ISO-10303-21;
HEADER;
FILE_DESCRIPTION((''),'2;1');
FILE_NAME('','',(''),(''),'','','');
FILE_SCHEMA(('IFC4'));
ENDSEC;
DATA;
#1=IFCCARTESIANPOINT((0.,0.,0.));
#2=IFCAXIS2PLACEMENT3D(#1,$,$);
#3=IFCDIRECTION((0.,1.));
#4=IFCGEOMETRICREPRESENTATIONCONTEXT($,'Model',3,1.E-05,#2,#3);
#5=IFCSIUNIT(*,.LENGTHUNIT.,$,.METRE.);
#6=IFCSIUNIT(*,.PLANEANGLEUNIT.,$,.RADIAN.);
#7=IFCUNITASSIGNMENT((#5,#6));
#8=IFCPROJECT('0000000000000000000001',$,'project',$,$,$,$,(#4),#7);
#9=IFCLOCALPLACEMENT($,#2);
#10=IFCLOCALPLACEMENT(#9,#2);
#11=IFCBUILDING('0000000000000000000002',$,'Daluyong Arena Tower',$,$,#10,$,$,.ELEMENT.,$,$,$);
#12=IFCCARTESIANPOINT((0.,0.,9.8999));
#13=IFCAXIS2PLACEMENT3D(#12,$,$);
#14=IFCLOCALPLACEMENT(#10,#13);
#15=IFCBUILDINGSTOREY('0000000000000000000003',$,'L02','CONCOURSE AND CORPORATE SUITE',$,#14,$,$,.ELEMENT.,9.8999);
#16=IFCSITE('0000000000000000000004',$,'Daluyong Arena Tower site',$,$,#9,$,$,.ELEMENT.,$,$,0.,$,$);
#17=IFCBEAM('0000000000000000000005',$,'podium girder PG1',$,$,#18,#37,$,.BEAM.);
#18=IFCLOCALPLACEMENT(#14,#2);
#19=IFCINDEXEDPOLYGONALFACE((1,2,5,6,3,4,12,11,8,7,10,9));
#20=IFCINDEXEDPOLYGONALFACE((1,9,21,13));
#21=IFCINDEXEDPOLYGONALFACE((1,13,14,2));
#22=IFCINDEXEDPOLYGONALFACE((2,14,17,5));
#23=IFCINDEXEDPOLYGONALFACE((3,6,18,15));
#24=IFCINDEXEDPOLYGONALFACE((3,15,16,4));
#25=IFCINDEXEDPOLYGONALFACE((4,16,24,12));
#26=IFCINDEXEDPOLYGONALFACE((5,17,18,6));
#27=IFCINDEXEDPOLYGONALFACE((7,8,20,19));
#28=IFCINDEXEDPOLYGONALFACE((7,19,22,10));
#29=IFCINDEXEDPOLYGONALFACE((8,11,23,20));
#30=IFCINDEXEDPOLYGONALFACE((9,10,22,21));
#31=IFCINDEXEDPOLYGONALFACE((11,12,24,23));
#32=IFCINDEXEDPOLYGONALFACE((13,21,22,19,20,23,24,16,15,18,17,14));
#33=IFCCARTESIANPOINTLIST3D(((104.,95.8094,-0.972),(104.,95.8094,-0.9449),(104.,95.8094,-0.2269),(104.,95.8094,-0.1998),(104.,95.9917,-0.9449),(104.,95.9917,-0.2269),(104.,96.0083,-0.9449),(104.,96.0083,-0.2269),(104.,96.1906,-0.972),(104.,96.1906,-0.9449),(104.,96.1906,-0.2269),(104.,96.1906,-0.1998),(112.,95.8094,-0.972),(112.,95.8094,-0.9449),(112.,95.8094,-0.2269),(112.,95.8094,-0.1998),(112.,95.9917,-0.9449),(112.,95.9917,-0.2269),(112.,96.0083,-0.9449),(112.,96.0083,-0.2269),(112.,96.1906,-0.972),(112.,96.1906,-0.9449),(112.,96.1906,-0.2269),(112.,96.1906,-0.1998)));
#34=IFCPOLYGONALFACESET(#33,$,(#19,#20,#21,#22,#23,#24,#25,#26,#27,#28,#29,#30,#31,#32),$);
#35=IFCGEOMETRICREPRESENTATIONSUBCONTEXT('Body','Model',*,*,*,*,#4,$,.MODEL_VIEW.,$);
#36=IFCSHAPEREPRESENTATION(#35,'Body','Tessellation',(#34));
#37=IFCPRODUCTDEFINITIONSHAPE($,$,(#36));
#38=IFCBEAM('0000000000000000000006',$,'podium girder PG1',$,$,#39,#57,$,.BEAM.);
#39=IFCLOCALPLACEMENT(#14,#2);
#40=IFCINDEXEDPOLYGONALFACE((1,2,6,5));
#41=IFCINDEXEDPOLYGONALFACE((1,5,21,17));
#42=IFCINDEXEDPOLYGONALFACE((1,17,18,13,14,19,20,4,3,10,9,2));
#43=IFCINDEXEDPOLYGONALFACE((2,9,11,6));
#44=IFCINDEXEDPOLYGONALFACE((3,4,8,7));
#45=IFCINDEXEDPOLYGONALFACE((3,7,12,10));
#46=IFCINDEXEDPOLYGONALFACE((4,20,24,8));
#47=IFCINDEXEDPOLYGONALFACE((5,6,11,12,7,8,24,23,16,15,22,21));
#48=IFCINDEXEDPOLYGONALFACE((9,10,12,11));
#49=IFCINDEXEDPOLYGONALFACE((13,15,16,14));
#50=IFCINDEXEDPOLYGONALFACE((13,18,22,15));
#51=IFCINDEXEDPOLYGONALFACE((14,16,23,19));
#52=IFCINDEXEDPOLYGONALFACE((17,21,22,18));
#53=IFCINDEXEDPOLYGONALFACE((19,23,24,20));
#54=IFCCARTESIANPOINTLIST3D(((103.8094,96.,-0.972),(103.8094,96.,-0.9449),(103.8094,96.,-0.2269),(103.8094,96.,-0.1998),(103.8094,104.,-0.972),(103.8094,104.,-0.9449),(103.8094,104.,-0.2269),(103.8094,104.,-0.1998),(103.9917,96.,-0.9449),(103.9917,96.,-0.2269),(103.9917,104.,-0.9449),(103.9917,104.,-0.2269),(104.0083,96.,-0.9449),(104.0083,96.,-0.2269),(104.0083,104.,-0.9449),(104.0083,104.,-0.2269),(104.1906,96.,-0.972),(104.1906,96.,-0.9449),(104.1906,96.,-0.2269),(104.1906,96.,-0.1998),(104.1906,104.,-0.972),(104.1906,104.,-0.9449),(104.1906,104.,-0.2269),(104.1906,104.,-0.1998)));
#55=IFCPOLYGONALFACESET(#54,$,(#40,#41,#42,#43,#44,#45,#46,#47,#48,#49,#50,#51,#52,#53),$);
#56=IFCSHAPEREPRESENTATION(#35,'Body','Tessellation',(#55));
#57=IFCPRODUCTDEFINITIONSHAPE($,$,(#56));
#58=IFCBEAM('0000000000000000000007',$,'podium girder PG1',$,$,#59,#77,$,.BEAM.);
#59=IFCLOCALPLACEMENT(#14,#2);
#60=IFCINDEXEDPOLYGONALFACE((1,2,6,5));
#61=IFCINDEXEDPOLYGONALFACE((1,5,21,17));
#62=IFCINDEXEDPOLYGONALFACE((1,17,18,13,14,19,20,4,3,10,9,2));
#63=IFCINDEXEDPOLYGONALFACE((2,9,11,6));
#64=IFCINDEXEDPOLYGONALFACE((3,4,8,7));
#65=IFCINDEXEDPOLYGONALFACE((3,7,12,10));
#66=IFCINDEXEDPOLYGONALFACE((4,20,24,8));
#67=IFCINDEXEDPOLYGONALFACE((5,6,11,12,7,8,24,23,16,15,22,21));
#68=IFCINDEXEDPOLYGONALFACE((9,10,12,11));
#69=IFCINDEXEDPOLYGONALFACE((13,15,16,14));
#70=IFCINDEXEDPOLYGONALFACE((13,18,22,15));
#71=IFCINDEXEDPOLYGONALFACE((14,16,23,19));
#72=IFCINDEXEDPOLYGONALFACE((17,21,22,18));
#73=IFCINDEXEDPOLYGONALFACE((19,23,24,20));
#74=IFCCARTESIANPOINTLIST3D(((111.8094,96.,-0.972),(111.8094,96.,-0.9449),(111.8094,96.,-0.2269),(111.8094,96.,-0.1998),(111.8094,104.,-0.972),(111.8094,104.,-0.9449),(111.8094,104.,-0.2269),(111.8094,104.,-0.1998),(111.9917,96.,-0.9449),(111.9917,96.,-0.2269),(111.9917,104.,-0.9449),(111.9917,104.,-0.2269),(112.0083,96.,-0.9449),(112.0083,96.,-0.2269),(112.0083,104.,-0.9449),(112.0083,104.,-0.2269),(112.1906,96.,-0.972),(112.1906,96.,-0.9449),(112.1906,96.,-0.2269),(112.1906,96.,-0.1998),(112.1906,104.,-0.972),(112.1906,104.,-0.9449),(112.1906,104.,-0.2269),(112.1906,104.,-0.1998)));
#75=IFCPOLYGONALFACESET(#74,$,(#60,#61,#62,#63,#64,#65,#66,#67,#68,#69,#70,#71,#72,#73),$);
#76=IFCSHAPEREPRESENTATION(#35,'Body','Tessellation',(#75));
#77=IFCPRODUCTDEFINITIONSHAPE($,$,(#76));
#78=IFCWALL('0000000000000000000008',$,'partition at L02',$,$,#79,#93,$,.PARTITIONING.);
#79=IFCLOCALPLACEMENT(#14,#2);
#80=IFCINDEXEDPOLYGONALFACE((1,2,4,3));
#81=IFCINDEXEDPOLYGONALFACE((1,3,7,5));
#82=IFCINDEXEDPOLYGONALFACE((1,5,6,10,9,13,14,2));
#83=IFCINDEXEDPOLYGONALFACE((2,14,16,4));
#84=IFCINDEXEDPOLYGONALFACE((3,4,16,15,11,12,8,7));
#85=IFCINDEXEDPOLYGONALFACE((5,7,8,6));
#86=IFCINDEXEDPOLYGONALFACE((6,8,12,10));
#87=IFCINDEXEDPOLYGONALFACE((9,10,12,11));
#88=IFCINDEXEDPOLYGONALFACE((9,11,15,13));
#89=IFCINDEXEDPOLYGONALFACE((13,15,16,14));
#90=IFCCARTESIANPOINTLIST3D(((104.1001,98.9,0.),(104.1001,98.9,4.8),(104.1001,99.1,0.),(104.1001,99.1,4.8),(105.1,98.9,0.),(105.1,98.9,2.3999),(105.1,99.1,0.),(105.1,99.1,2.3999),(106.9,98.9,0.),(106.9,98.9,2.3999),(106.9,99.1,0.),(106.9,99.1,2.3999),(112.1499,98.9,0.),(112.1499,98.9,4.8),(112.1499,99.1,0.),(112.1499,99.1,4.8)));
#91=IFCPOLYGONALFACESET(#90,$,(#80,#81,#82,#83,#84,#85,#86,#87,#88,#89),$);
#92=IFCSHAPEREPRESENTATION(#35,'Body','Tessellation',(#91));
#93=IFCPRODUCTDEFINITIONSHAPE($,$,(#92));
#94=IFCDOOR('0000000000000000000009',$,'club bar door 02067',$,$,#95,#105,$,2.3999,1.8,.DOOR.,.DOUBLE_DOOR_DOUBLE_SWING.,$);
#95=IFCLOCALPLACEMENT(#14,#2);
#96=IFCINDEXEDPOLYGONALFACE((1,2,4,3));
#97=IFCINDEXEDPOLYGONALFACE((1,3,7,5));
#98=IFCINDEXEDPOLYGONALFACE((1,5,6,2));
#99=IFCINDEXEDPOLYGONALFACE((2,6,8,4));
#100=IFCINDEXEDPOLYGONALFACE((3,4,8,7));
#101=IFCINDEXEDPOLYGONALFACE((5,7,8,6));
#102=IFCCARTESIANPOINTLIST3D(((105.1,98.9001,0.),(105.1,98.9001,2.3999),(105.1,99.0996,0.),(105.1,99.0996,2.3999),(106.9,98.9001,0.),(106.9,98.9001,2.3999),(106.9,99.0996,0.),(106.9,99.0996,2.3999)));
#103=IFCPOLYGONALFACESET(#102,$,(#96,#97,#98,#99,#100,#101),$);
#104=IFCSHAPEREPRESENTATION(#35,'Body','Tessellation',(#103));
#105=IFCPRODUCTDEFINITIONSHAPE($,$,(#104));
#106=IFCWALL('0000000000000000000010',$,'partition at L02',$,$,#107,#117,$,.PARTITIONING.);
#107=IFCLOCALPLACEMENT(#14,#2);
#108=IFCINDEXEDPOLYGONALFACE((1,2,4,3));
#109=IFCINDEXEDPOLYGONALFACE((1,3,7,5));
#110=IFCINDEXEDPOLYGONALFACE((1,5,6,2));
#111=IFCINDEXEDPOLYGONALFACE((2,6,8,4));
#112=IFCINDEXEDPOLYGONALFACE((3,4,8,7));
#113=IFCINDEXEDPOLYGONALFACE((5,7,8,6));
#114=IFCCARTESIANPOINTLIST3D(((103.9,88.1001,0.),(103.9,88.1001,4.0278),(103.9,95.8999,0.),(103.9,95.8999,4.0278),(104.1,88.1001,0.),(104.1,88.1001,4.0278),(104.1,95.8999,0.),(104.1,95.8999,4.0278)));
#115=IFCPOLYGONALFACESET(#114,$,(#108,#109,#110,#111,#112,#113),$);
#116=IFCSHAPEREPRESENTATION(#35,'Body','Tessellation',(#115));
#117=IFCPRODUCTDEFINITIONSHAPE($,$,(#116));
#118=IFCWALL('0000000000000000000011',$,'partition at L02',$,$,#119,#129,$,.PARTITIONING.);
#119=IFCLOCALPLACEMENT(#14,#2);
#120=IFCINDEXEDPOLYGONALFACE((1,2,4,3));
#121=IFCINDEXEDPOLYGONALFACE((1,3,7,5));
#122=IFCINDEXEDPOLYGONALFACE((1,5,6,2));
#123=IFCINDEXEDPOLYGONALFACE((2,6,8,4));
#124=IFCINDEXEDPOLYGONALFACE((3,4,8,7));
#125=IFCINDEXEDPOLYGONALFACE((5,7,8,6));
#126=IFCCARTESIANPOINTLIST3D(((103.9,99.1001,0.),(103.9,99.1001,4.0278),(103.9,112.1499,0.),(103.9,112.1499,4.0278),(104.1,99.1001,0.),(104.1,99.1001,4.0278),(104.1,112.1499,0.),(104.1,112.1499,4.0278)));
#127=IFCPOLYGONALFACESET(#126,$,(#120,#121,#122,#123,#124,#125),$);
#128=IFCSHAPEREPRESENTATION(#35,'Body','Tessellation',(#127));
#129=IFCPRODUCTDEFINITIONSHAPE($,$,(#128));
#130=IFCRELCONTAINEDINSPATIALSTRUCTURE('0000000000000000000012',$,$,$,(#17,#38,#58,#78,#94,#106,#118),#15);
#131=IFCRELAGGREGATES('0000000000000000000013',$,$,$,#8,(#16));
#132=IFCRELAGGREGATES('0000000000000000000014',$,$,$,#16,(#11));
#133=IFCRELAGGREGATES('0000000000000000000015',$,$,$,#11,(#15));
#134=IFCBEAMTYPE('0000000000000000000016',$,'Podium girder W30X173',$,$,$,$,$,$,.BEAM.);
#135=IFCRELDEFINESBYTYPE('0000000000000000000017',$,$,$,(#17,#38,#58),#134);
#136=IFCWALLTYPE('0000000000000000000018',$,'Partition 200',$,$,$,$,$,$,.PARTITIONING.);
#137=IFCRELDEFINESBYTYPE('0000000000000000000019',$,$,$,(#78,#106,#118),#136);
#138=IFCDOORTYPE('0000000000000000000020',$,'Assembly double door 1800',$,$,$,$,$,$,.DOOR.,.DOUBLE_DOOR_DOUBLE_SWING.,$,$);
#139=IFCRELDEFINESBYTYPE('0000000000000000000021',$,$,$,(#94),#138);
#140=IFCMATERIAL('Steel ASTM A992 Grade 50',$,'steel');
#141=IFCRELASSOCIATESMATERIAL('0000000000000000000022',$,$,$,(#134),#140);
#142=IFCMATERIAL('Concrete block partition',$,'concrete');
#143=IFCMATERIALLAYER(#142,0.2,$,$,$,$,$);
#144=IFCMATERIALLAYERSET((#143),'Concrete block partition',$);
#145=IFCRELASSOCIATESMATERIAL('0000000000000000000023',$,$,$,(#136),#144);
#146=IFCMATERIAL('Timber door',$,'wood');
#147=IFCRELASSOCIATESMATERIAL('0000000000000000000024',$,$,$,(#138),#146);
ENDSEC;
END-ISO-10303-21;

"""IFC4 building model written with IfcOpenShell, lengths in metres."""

from ifc_helpers import new_model, si_unit, direction, frame, frame_2d, origin, origin_2d, place, context, subcontext, project, spatial, rectangle, i_section, extrude, material, layer, layer_set, material_profile, profile_set, type_object, element, fill, save


model = new_model("IFC4")

# Units and contexts
model_context = context("Model", 3, precision=1e-05, world=origin(), true_north=direction((0.0, 1.0)))
body_context = subcontext(model_context, "Body", "Model", "MODEL_VIEW")
ifc_project = project(units=[si_unit("LENGTHUNIT", "METRE"), si_unit("PLANEANGLEUNIT", "RADIAN")], contexts=[model_context])

# Site, building, storey
site_placement = place(None, origin())
site = spatial("IfcSite", under=ifc_project, at=site_placement, Name="Daluyong Arena Tower site", CompositionType="ELEMENT", RefElevation=0.0)
building_placement = place(site_placement, origin())
building = spatial("IfcBuilding", under=site, at=building_placement, Name="Daluyong Arena Tower", CompositionType="ELEMENT")
storey_placement = place(building_placement, frame((0.0, 0.0, 9.8999)))
storey = spatial("IfcBuildingStorey", under=building, at=storey_placement, Name="L02", Description="CONCOURSE AND CORPORATE SUITE", CompositionType="ELEMENT", Elevation=9.8999)

# Beams
ifc_material_1 = material(Name="Steel ASTM A992 Grade 50", Category="steel")
ifc_material_profile_1 = material_profile(ifc_material_1, i_section(OverallWidth=0.3811, OverallDepth=0.7722, WebThickness=0.0166, FlangeThickness=0.0271, at=origin_2d()))
ifc_profile_set_1 = profile_set([ifc_material_profile_1], Name="Steel ASTM A992 Grade 50")
beam_type_1 = type_object("IfcBeamType", Name="Podium girder W30X173", PredefinedType="BEAM", material=ifc_profile_set_1)
for number, where, z_axis, x_axis, name in (
    (1, (104.0, 96.0, -0.5859), (1.0, 0.0, 0.0), (0.0, 1.0, 0.0), "podium girder PG1"),
    (2, (104.0, 96.0, -0.5859), (0.0, 1.0, 0.0), (-1.0, 0.0, 0.0), "podium girder PG1"),
    (3, (112.0, 96.0, -0.5859), (0.0, 1.0, 0.0), (-1.0, 0.0, 0.0), "podium girder PG1"),
):
    element("IfcBeam", number, at=place(storey_placement, frame(where, z_axis=z_axis, x_axis=x_axis)), inside=storey, type_object=beam_type_1, Name=name, PredefinedType="BEAM", context=body_context, shape_type="SweptSolid", body=[
        extrude(i_section(OverallWidth=0.3811, OverallDepth=0.7722, WebThickness=0.0166, FlangeThickness=0.0271, at=origin_2d()), origin(), (0.0, 0.0, 1.0), 8.0),
    ])

# Wall, opening, door
ifc_material_2 = material(Name="Concrete block partition", Category="concrete")
ifc_layer = layer(ifc_material_2, 0.2)
ifc_layer_set = layer_set([ifc_layer], Name="Concrete block partition")
wall_type = type_object("IfcWallType", Name="Partition 200", PredefinedType="PARTITIONING", material=ifc_layer_set)
wall_1_placement = place(storey_placement, frame((104.1001, 99.0, 0.0), z_axis=(0.0, 0.0, 1.0), x_axis=(1.0, 0.0, 0.0)))
wall_1 = element("IfcWall", 4, at=wall_1_placement, inside=storey, type_object=wall_type, Name="partition at L02", PredefinedType="PARTITIONING", context=body_context, shape_type="SweptSolid", body=[
    extrude(rectangle(XDim=8.0498, YDim=0.2, at=frame_2d((4.0249, 0.0))), origin(), (0.0, 0.0, 1.0), 4.8),
])
opening_placement = place(wall_1_placement, frame((1.0, 0.0, 0.0)))
opening = element("IfcOpeningElement", 5, at=opening_placement, cuts=wall_1, PredefinedType="OPENING", context=body_context, shape_type="SweptSolid", body=[
    extrude(rectangle(XDim=1.8, YDim=2.3999, at=frame_2d((0.8999, 1.2))), frame((0.0, 0.1099, 0.0), z_axis=(0.0, -1.0, 0.0), x_axis=(1.0, 0.0, 0.0)), (0.0, 0.0, 1.0), 0.22),
])
ifc_material_3 = material(Name="Timber door", Category="wood")
door_type = type_object("IfcDoorType", Name="Assembly double door 1800", OperationType="DOUBLE_DOOR_DOUBLE_SWING", PredefinedType="DOOR", material=ifc_material_3)
door_placement = place(opening_placement, origin())
door = element("IfcDoor", 6, at=door_placement, inside=storey, type_object=door_type, Name="club bar door 02067", OperationType="DOUBLE_DOOR_DOUBLE_SWING", OverallHeight=2.3999, OverallWidth=1.8, PredefinedType="DOOR", context=body_context, shape_type="SweptSolid", body=[
    extrude(rectangle(XDim=1.8, YDim=2.3999, at=frame_2d((0.8999, 1.2))), frame((0.0, 0.0996, 0.0), z_axis=(0.0, -1.0, 0.0), x_axis=(1.0, 0.0, 0.0)), (0.0, 0.0, 1.0), 0.1995),
])
fill(opening, door)

# Walls
wall_2_placement = place(storey_placement, frame((104.0, 88.1001, 0.0), z_axis=(0.0, 0.0, 1.0), x_axis=(0.0, 1.0, 0.0)))
element("IfcWall", 7, at=wall_2_placement, inside=storey, type_object=wall_type, Name="partition at L02", PredefinedType="PARTITIONING", context=body_context, shape_type="SweptSolid", body=[
    extrude(rectangle(XDim=7.7998, YDim=0.2, at=frame_2d((3.8999, 0.0))), origin(), (0.0, 0.0, 1.0), 4.0278),
])
wall_3_placement = place(storey_placement, frame((104.0, 99.1001, 0.0), z_axis=(0.0, 0.0, 1.0), x_axis=(0.0, 1.0, 0.0)))
element("IfcWall", 8, at=wall_3_placement, inside=storey, type_object=wall_type, Name="partition at L02", PredefinedType="PARTITIONING", context=body_context, shape_type="SweptSolid", body=[
    extrude(rectangle(XDim=13.0498, YDim=0.2, at=frame_2d((6.5249, 0.0))), origin(), (0.0, 0.0, 1.0), 4.0278),
])

save(model, "model.ifc")
